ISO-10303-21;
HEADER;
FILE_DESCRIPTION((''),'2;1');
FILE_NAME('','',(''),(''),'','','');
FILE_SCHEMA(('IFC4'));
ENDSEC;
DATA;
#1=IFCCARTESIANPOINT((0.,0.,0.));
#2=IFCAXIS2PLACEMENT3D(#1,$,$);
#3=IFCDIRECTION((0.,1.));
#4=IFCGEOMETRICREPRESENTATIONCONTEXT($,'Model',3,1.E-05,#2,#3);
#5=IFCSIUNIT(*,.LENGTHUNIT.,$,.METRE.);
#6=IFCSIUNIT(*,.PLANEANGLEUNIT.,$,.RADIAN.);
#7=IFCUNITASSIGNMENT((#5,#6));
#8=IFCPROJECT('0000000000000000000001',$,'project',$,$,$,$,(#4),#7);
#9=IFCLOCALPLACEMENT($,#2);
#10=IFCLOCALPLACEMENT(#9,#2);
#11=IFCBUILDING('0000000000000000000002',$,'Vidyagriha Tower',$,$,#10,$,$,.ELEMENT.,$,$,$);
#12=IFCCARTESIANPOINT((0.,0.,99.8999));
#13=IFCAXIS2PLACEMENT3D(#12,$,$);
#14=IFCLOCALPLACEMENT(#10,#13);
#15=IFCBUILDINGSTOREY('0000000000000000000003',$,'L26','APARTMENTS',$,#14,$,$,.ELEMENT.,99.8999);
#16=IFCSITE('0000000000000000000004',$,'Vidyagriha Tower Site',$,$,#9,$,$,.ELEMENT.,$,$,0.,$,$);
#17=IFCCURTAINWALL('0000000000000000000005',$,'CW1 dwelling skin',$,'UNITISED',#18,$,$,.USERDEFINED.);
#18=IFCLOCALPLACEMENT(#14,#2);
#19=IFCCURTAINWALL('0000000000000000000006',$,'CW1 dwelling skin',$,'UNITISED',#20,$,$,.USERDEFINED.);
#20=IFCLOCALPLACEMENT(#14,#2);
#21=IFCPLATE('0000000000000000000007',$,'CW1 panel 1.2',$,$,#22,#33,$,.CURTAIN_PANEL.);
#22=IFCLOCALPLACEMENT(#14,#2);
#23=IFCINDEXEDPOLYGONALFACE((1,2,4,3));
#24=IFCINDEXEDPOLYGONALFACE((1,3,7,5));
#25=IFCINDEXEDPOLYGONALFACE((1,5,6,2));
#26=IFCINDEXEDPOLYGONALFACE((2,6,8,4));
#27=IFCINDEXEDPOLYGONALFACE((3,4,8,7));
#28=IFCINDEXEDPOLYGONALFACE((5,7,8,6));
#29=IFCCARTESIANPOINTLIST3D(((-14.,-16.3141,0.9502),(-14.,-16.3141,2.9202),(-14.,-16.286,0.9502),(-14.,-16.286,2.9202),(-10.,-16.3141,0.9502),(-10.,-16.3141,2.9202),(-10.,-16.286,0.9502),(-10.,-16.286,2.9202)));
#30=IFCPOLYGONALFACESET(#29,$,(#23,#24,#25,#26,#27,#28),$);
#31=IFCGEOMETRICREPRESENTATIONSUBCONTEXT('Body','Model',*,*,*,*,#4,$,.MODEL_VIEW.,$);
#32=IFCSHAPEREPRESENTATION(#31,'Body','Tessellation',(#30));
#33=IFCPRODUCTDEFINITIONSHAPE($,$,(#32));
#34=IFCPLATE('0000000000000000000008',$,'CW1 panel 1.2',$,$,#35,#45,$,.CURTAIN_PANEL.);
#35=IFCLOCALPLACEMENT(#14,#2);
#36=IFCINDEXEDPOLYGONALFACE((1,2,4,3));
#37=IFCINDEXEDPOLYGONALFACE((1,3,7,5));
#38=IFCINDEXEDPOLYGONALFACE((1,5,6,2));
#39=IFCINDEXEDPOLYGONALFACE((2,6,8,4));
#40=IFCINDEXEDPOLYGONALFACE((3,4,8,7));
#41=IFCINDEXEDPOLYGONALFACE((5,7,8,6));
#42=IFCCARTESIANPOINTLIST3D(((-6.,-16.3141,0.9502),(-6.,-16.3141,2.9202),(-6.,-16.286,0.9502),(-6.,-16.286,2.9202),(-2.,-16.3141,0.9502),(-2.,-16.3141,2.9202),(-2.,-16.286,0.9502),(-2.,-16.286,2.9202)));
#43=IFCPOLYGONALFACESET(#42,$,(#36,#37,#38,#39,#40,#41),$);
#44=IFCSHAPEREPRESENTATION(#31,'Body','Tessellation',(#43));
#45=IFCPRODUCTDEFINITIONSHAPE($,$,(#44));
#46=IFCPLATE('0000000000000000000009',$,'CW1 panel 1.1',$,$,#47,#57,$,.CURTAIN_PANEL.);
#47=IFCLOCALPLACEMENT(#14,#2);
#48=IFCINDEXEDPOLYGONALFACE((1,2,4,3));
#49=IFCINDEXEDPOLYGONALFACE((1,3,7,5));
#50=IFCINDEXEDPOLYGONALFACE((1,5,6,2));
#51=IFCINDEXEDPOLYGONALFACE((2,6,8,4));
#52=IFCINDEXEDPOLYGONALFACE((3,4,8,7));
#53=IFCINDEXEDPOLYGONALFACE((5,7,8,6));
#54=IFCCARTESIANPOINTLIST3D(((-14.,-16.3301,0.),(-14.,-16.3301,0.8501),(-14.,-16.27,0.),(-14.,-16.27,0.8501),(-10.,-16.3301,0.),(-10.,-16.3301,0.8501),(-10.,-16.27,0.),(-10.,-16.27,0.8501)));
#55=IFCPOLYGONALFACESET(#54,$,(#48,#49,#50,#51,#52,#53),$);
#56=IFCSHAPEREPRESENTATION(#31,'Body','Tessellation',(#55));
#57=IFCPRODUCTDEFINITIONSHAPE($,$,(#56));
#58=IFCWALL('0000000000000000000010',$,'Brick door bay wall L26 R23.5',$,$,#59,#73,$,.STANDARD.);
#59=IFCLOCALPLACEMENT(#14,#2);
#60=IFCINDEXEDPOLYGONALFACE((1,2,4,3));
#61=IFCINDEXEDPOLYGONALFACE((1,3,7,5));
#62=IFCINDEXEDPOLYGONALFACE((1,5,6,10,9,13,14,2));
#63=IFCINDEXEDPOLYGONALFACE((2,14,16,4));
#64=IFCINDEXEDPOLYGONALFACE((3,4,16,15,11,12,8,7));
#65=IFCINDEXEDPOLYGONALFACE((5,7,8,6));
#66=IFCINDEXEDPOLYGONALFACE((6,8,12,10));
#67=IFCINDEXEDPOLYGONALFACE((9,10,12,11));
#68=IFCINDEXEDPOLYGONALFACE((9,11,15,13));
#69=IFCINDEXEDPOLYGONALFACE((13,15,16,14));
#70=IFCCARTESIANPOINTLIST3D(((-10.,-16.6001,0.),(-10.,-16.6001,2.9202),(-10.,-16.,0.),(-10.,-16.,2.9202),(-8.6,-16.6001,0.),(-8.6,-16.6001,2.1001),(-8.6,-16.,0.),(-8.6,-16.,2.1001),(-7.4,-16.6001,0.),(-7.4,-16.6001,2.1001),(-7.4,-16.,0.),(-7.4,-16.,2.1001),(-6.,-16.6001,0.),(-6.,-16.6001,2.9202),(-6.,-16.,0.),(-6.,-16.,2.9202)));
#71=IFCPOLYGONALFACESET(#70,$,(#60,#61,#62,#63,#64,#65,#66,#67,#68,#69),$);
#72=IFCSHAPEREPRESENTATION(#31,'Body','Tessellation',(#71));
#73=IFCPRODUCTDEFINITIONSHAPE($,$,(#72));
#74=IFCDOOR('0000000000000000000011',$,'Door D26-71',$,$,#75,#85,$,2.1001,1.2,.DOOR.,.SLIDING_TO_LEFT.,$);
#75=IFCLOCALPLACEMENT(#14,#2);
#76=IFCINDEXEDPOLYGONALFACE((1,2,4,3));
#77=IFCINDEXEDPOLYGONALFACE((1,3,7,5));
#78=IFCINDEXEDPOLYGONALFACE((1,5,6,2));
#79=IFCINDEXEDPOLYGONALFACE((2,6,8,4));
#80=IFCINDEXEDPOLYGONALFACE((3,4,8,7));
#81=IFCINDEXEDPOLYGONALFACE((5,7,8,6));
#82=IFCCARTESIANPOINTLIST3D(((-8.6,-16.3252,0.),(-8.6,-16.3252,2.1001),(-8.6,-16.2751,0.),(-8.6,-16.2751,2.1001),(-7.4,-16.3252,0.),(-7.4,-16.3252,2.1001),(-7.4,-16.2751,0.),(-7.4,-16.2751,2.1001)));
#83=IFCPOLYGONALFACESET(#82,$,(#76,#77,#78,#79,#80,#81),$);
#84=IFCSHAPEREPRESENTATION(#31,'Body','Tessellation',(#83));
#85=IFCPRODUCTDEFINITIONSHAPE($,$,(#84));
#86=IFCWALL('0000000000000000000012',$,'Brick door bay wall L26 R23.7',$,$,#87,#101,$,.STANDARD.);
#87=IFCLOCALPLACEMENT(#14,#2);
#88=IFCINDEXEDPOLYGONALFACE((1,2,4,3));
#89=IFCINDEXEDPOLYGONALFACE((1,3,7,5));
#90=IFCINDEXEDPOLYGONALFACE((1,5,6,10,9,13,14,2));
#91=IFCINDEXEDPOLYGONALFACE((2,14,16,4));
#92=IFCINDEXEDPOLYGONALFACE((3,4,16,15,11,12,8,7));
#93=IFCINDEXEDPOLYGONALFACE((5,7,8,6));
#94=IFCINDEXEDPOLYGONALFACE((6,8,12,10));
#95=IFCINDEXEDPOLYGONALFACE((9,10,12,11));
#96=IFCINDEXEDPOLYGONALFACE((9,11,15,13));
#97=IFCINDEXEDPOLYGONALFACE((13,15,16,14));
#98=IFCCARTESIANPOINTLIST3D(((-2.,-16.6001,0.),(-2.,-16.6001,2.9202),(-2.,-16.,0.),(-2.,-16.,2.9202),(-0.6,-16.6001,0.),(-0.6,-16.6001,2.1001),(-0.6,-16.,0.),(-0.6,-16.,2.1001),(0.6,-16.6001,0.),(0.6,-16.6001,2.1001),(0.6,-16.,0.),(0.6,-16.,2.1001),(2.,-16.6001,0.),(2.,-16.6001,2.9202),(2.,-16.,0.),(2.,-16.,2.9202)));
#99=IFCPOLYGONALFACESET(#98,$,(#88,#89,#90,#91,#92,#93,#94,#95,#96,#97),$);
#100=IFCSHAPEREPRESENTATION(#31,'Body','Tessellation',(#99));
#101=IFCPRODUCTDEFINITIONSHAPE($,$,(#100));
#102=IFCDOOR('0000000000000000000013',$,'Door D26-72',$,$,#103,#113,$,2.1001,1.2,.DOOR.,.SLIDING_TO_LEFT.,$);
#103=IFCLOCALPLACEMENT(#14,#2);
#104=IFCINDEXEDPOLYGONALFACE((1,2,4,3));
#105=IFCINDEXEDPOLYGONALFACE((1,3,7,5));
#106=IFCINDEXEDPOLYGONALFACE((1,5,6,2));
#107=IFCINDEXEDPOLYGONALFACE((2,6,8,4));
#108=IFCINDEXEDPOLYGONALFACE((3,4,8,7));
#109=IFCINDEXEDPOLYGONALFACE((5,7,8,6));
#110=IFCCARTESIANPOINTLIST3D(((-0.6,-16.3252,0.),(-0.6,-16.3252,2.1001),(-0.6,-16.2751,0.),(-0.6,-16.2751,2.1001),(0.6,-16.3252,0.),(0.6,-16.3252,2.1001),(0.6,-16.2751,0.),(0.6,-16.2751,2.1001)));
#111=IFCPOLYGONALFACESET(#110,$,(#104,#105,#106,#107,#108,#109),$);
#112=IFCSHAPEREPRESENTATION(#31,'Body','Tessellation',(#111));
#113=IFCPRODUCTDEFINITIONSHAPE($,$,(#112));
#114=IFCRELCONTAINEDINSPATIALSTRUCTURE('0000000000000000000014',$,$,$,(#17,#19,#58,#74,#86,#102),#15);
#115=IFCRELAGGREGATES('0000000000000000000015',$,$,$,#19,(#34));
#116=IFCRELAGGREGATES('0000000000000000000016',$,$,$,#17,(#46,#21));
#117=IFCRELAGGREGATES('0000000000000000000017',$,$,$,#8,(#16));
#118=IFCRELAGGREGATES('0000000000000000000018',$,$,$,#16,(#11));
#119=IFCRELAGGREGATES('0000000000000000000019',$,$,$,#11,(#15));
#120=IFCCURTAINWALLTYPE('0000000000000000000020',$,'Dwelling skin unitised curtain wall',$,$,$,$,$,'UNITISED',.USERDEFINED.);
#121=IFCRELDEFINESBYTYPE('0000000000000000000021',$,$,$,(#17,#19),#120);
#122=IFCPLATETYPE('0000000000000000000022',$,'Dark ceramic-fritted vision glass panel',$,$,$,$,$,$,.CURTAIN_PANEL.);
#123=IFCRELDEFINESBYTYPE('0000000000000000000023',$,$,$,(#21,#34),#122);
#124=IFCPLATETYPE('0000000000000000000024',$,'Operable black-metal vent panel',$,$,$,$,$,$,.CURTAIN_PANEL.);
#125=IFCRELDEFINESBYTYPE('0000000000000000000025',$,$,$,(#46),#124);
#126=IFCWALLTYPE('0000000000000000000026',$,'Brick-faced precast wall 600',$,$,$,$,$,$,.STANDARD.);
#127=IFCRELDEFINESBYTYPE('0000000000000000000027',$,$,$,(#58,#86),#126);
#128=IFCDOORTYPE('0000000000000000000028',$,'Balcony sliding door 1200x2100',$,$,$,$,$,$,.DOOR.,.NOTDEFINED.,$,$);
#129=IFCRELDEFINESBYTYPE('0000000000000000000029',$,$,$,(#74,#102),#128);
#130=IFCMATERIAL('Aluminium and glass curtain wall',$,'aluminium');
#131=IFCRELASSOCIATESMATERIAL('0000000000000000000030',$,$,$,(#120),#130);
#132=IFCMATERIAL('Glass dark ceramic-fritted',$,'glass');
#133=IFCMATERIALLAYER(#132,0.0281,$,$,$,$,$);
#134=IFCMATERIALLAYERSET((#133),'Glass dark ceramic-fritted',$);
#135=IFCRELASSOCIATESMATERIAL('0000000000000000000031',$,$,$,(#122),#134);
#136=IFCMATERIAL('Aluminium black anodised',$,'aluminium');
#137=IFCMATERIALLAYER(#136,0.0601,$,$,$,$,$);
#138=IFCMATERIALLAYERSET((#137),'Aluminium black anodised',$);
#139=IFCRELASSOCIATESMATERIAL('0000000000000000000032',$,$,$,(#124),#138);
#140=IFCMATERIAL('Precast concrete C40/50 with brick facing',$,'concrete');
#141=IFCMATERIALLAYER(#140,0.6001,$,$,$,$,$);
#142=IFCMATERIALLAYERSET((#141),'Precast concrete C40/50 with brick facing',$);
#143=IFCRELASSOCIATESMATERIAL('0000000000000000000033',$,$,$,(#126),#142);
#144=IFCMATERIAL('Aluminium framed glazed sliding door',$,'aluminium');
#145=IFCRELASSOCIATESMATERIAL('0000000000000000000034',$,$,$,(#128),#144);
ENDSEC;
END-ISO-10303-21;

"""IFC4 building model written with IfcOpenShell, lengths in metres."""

from ifc_helpers import new_model, si_unit, direction, frame, frame_2d, origin, origin_2d, place, context, subcontext, project, spatial, rectangle, extrude, material, layer, layer_set, type_object, element, fill, aggregate, save


model = new_model("IFC4")

# Units and contexts
model_context = context("Model", 3, precision=1e-05, world=origin(), true_north=direction((0.0, 1.0)))
body_context = subcontext(model_context, "Body", "Model", "MODEL_VIEW")
ifc_project = project(units=[si_unit("LENGTHUNIT", "METRE"), si_unit("PLANEANGLEUNIT", "RADIAN")], contexts=[model_context])

# Site, building, storey
site_placement = place(None, origin())
site = spatial("IfcSite", under=ifc_project, at=site_placement, Name="Vidyagriha Tower Site", CompositionType="ELEMENT", RefElevation=0.0)
building_placement = place(site_placement, origin())
building = spatial("IfcBuilding", under=site, at=building_placement, Name="Vidyagriha Tower", CompositionType="ELEMENT")
storey_placement = place(building_placement, frame((0.0, 0.0, 99.8999)))
storey = spatial("IfcBuildingStorey", under=building, at=storey_placement, Name="L26", Description="APARTMENTS", CompositionType="ELEMENT", Elevation=99.8999)

# Curtain walls
ifc_material_1 = material(Name="Aluminium and glass curtain wall", Category="aluminium")
curtain_wall_type = type_object("IfcCurtainWallType", Name="Dwelling skin unitised curtain wall", ElementType="UNITISED", PredefinedType="USERDEFINED", material=ifc_material_1)
curtain_wall_1_placement = place(storey_placement, origin())
curtain_wall_1 = element("IfcCurtainWall", 1, at=curtain_wall_1_placement, inside=storey, type_object=curtain_wall_type, Name="CW1 dwelling skin", ObjectType="UNITISED", PredefinedType="USERDEFINED")
curtain_wall_2_placement = place(storey_placement, origin())
curtain_wall_2 = element("IfcCurtainWall", 2, at=curtain_wall_2_placement, inside=storey, type_object=curtain_wall_type, Name="CW1 dwelling skin", ObjectType="UNITISED", PredefinedType="USERDEFINED")

# Plates
ifc_material_2 = material(Name="Glass dark ceramic-fritted", Category="glass")
ifc_layer_1 = layer(ifc_material_2, 0.0281)
ifc_layer_set_1 = layer_set([ifc_layer_1], Name="Glass dark ceramic-fritted")
plate_type_1 = type_object("IfcPlateType", Name="Dark ceramic-fritted vision glass panel", PredefinedType="CURTAIN_PANEL", material=ifc_layer_set_1)
plate_1_placement = place(storey_placement, frame((-12.0, -16.3, 0.9502)))
plate_1 = element("IfcPlate", 3, at=plate_1_placement, type_object=plate_type_1, Name="CW1 panel 1.2", PredefinedType="CURTAIN_PANEL", context=body_context, shape_type="SweptSolid", body=[
    extrude(rectangle(XDim=4.0, YDim=0.0281, at=origin_2d()), origin(), (0.0, 0.0, 1.0), 1.97),
])
plate_2_placement = place(storey_placement, frame((-4.0, -16.3, 0.9502)))
plate_2 = element("IfcPlate", 4, at=plate_2_placement, type_object=plate_type_1, Name="CW1 panel 1.2", PredefinedType="CURTAIN_PANEL", context=body_context, shape_type="SweptSolid", body=[
    extrude(rectangle(XDim=4.0, YDim=0.0281, at=origin_2d()), origin(), (0.0, 0.0, 1.0), 1.97),
])
aggregate(curtain_wall_2, [plate_2])
ifc_material_3 = material(Name="Aluminium black anodised", Category="aluminium")
ifc_layer_2 = layer(ifc_material_3, 0.0601)
ifc_layer_set_2 = layer_set([ifc_layer_2], Name="Aluminium black anodised")
plate_type_2 = type_object("IfcPlateType", Name="Operable black-metal vent panel", PredefinedType="CURTAIN_PANEL", material=ifc_layer_set_2)
plate_3_placement = place(storey_placement, frame((-12.0, -16.3, 0.0)))
plate_3 = element("IfcPlate", 5, at=plate_3_placement, type_object=plate_type_2, Name="CW1 panel 1.1", PredefinedType="CURTAIN_PANEL", context=body_context, shape_type="SweptSolid", body=[
    extrude(rectangle(XDim=4.0, YDim=0.0601, at=origin_2d()), origin(), (0.0, 0.0, 1.0), 0.8501),
])
aggregate(curtain_wall_1, [plate_3, plate_1])

# Walls, openings, doors
ifc_material_4 = material(Name="Precast concrete C40/50 with brick facing", Category="concrete")
ifc_layer_3 = layer(ifc_material_4, 0.6001)
ifc_layer_set_3 = layer_set([ifc_layer_3], Name="Precast concrete C40/50 with brick facing")
wall_type = type_object("IfcWallType", Name="Brick-faced precast wall 600", PredefinedType="STANDARD", material=ifc_layer_set_3)
wall_1_placement = place(storey_placement, frame((-10.0, -16.3, 0.0)))
wall_1 = element("IfcWall", 6, at=wall_1_placement, inside=storey, type_object=wall_type, Name="Brick door bay wall L26 R23.5", PredefinedType="STANDARD", context=body_context, shape_type="SweptSolid", body=[
    extrude(rectangle(XDim=4.0, YDim=0.6001, at=frame_2d((2.0, 0.0))), origin(), (0.0, 0.0, 1.0), 2.9202),
])
opening_1_placement = place(wall_1_placement, frame((1.3999, 0.0, 0.0)))
opening_1 = element("IfcOpeningElement", 7, at=opening_1_placement, cuts=wall_1, PredefinedType="OPENING", context=body_context, shape_type="SweptSolid", body=[
    extrude(rectangle(XDim=1.2, YDim=2.1001, at=frame_2d((0.6001, 1.05))), frame((0.0, 0.3101, 0.0), z_axis=(0.0, -1.0, 0.0), x_axis=(1.0, 0.0, 0.0)), (0.0, 0.0, 1.0), 0.6201),
])
ifc_material_5 = material(Name="Aluminium framed glazed sliding door", Category="aluminium")
door_type = type_object("IfcDoorType", Name="Balcony sliding door 1200x2100", OperationType="NOTDEFINED", PredefinedType="DOOR", material=ifc_material_5)
door_1_placement = place(opening_1_placement, origin())
door_1 = element("IfcDoor", 8, at=door_1_placement, inside=storey, type_object=door_type, Name="Door D26-71", OperationType="SLIDING_TO_LEFT", OverallHeight=2.1001, OverallWidth=1.2, PredefinedType="DOOR", context=body_context, shape_type="SweptSolid", body=[
    extrude(rectangle(XDim=1.2, YDim=2.1001, at=frame_2d((0.6001, 1.05))), frame((0.0, 0.0249, 0.0), z_axis=(0.0, -1.0, 0.0), x_axis=(1.0, 0.0, 0.0)), (0.0, 0.0, 1.0), 0.05),
])
fill(opening_1, door_1)
wall_2_placement = place(storey_placement, frame((-2.0, -16.3, 0.0)))
wall_2 = element("IfcWall", 9, at=wall_2_placement, inside=storey, type_object=wall_type, Name="Brick door bay wall L26 R23.7", PredefinedType="STANDARD", context=body_context, shape_type="SweptSolid", body=[
    extrude(rectangle(XDim=4.0, YDim=0.6001, at=frame_2d((2.0, 0.0))), origin(), (0.0, 0.0, 1.0), 2.9202),
])
opening_2_placement = place(wall_2_placement, frame((1.3999, 0.0, 0.0)))
opening_2 = element("IfcOpeningElement", 10, at=opening_2_placement, cuts=wall_2, PredefinedType="OPENING", context=body_context, shape_type="SweptSolid", body=[
    extrude(rectangle(XDim=1.2, YDim=2.1001, at=frame_2d((0.6001, 1.05))), frame((0.0, 0.3101, 0.0), z_axis=(0.0, -1.0, 0.0), x_axis=(1.0, 0.0, 0.0)), (0.0, 0.0, 1.0), 0.6201),
])
door_2_placement = place(opening_2_placement, origin())
door_2 = element("IfcDoor", 11, at=door_2_placement, inside=storey, type_object=door_type, Name="Door D26-72", OperationType="SLIDING_TO_LEFT", OverallHeight=2.1001, OverallWidth=1.2, PredefinedType="DOOR", context=body_context, shape_type="SweptSolid", body=[
    extrude(rectangle(XDim=1.2, YDim=2.1001, at=frame_2d((0.6001, 1.05))), frame((0.0, 0.0249, 0.0), z_axis=(0.0, -1.0, 0.0), x_axis=(1.0, 0.0, 0.0)), (0.0, 0.0, 1.0), 0.05),
])
fill(opening_2, door_2)

save(model, "model.ifc")
